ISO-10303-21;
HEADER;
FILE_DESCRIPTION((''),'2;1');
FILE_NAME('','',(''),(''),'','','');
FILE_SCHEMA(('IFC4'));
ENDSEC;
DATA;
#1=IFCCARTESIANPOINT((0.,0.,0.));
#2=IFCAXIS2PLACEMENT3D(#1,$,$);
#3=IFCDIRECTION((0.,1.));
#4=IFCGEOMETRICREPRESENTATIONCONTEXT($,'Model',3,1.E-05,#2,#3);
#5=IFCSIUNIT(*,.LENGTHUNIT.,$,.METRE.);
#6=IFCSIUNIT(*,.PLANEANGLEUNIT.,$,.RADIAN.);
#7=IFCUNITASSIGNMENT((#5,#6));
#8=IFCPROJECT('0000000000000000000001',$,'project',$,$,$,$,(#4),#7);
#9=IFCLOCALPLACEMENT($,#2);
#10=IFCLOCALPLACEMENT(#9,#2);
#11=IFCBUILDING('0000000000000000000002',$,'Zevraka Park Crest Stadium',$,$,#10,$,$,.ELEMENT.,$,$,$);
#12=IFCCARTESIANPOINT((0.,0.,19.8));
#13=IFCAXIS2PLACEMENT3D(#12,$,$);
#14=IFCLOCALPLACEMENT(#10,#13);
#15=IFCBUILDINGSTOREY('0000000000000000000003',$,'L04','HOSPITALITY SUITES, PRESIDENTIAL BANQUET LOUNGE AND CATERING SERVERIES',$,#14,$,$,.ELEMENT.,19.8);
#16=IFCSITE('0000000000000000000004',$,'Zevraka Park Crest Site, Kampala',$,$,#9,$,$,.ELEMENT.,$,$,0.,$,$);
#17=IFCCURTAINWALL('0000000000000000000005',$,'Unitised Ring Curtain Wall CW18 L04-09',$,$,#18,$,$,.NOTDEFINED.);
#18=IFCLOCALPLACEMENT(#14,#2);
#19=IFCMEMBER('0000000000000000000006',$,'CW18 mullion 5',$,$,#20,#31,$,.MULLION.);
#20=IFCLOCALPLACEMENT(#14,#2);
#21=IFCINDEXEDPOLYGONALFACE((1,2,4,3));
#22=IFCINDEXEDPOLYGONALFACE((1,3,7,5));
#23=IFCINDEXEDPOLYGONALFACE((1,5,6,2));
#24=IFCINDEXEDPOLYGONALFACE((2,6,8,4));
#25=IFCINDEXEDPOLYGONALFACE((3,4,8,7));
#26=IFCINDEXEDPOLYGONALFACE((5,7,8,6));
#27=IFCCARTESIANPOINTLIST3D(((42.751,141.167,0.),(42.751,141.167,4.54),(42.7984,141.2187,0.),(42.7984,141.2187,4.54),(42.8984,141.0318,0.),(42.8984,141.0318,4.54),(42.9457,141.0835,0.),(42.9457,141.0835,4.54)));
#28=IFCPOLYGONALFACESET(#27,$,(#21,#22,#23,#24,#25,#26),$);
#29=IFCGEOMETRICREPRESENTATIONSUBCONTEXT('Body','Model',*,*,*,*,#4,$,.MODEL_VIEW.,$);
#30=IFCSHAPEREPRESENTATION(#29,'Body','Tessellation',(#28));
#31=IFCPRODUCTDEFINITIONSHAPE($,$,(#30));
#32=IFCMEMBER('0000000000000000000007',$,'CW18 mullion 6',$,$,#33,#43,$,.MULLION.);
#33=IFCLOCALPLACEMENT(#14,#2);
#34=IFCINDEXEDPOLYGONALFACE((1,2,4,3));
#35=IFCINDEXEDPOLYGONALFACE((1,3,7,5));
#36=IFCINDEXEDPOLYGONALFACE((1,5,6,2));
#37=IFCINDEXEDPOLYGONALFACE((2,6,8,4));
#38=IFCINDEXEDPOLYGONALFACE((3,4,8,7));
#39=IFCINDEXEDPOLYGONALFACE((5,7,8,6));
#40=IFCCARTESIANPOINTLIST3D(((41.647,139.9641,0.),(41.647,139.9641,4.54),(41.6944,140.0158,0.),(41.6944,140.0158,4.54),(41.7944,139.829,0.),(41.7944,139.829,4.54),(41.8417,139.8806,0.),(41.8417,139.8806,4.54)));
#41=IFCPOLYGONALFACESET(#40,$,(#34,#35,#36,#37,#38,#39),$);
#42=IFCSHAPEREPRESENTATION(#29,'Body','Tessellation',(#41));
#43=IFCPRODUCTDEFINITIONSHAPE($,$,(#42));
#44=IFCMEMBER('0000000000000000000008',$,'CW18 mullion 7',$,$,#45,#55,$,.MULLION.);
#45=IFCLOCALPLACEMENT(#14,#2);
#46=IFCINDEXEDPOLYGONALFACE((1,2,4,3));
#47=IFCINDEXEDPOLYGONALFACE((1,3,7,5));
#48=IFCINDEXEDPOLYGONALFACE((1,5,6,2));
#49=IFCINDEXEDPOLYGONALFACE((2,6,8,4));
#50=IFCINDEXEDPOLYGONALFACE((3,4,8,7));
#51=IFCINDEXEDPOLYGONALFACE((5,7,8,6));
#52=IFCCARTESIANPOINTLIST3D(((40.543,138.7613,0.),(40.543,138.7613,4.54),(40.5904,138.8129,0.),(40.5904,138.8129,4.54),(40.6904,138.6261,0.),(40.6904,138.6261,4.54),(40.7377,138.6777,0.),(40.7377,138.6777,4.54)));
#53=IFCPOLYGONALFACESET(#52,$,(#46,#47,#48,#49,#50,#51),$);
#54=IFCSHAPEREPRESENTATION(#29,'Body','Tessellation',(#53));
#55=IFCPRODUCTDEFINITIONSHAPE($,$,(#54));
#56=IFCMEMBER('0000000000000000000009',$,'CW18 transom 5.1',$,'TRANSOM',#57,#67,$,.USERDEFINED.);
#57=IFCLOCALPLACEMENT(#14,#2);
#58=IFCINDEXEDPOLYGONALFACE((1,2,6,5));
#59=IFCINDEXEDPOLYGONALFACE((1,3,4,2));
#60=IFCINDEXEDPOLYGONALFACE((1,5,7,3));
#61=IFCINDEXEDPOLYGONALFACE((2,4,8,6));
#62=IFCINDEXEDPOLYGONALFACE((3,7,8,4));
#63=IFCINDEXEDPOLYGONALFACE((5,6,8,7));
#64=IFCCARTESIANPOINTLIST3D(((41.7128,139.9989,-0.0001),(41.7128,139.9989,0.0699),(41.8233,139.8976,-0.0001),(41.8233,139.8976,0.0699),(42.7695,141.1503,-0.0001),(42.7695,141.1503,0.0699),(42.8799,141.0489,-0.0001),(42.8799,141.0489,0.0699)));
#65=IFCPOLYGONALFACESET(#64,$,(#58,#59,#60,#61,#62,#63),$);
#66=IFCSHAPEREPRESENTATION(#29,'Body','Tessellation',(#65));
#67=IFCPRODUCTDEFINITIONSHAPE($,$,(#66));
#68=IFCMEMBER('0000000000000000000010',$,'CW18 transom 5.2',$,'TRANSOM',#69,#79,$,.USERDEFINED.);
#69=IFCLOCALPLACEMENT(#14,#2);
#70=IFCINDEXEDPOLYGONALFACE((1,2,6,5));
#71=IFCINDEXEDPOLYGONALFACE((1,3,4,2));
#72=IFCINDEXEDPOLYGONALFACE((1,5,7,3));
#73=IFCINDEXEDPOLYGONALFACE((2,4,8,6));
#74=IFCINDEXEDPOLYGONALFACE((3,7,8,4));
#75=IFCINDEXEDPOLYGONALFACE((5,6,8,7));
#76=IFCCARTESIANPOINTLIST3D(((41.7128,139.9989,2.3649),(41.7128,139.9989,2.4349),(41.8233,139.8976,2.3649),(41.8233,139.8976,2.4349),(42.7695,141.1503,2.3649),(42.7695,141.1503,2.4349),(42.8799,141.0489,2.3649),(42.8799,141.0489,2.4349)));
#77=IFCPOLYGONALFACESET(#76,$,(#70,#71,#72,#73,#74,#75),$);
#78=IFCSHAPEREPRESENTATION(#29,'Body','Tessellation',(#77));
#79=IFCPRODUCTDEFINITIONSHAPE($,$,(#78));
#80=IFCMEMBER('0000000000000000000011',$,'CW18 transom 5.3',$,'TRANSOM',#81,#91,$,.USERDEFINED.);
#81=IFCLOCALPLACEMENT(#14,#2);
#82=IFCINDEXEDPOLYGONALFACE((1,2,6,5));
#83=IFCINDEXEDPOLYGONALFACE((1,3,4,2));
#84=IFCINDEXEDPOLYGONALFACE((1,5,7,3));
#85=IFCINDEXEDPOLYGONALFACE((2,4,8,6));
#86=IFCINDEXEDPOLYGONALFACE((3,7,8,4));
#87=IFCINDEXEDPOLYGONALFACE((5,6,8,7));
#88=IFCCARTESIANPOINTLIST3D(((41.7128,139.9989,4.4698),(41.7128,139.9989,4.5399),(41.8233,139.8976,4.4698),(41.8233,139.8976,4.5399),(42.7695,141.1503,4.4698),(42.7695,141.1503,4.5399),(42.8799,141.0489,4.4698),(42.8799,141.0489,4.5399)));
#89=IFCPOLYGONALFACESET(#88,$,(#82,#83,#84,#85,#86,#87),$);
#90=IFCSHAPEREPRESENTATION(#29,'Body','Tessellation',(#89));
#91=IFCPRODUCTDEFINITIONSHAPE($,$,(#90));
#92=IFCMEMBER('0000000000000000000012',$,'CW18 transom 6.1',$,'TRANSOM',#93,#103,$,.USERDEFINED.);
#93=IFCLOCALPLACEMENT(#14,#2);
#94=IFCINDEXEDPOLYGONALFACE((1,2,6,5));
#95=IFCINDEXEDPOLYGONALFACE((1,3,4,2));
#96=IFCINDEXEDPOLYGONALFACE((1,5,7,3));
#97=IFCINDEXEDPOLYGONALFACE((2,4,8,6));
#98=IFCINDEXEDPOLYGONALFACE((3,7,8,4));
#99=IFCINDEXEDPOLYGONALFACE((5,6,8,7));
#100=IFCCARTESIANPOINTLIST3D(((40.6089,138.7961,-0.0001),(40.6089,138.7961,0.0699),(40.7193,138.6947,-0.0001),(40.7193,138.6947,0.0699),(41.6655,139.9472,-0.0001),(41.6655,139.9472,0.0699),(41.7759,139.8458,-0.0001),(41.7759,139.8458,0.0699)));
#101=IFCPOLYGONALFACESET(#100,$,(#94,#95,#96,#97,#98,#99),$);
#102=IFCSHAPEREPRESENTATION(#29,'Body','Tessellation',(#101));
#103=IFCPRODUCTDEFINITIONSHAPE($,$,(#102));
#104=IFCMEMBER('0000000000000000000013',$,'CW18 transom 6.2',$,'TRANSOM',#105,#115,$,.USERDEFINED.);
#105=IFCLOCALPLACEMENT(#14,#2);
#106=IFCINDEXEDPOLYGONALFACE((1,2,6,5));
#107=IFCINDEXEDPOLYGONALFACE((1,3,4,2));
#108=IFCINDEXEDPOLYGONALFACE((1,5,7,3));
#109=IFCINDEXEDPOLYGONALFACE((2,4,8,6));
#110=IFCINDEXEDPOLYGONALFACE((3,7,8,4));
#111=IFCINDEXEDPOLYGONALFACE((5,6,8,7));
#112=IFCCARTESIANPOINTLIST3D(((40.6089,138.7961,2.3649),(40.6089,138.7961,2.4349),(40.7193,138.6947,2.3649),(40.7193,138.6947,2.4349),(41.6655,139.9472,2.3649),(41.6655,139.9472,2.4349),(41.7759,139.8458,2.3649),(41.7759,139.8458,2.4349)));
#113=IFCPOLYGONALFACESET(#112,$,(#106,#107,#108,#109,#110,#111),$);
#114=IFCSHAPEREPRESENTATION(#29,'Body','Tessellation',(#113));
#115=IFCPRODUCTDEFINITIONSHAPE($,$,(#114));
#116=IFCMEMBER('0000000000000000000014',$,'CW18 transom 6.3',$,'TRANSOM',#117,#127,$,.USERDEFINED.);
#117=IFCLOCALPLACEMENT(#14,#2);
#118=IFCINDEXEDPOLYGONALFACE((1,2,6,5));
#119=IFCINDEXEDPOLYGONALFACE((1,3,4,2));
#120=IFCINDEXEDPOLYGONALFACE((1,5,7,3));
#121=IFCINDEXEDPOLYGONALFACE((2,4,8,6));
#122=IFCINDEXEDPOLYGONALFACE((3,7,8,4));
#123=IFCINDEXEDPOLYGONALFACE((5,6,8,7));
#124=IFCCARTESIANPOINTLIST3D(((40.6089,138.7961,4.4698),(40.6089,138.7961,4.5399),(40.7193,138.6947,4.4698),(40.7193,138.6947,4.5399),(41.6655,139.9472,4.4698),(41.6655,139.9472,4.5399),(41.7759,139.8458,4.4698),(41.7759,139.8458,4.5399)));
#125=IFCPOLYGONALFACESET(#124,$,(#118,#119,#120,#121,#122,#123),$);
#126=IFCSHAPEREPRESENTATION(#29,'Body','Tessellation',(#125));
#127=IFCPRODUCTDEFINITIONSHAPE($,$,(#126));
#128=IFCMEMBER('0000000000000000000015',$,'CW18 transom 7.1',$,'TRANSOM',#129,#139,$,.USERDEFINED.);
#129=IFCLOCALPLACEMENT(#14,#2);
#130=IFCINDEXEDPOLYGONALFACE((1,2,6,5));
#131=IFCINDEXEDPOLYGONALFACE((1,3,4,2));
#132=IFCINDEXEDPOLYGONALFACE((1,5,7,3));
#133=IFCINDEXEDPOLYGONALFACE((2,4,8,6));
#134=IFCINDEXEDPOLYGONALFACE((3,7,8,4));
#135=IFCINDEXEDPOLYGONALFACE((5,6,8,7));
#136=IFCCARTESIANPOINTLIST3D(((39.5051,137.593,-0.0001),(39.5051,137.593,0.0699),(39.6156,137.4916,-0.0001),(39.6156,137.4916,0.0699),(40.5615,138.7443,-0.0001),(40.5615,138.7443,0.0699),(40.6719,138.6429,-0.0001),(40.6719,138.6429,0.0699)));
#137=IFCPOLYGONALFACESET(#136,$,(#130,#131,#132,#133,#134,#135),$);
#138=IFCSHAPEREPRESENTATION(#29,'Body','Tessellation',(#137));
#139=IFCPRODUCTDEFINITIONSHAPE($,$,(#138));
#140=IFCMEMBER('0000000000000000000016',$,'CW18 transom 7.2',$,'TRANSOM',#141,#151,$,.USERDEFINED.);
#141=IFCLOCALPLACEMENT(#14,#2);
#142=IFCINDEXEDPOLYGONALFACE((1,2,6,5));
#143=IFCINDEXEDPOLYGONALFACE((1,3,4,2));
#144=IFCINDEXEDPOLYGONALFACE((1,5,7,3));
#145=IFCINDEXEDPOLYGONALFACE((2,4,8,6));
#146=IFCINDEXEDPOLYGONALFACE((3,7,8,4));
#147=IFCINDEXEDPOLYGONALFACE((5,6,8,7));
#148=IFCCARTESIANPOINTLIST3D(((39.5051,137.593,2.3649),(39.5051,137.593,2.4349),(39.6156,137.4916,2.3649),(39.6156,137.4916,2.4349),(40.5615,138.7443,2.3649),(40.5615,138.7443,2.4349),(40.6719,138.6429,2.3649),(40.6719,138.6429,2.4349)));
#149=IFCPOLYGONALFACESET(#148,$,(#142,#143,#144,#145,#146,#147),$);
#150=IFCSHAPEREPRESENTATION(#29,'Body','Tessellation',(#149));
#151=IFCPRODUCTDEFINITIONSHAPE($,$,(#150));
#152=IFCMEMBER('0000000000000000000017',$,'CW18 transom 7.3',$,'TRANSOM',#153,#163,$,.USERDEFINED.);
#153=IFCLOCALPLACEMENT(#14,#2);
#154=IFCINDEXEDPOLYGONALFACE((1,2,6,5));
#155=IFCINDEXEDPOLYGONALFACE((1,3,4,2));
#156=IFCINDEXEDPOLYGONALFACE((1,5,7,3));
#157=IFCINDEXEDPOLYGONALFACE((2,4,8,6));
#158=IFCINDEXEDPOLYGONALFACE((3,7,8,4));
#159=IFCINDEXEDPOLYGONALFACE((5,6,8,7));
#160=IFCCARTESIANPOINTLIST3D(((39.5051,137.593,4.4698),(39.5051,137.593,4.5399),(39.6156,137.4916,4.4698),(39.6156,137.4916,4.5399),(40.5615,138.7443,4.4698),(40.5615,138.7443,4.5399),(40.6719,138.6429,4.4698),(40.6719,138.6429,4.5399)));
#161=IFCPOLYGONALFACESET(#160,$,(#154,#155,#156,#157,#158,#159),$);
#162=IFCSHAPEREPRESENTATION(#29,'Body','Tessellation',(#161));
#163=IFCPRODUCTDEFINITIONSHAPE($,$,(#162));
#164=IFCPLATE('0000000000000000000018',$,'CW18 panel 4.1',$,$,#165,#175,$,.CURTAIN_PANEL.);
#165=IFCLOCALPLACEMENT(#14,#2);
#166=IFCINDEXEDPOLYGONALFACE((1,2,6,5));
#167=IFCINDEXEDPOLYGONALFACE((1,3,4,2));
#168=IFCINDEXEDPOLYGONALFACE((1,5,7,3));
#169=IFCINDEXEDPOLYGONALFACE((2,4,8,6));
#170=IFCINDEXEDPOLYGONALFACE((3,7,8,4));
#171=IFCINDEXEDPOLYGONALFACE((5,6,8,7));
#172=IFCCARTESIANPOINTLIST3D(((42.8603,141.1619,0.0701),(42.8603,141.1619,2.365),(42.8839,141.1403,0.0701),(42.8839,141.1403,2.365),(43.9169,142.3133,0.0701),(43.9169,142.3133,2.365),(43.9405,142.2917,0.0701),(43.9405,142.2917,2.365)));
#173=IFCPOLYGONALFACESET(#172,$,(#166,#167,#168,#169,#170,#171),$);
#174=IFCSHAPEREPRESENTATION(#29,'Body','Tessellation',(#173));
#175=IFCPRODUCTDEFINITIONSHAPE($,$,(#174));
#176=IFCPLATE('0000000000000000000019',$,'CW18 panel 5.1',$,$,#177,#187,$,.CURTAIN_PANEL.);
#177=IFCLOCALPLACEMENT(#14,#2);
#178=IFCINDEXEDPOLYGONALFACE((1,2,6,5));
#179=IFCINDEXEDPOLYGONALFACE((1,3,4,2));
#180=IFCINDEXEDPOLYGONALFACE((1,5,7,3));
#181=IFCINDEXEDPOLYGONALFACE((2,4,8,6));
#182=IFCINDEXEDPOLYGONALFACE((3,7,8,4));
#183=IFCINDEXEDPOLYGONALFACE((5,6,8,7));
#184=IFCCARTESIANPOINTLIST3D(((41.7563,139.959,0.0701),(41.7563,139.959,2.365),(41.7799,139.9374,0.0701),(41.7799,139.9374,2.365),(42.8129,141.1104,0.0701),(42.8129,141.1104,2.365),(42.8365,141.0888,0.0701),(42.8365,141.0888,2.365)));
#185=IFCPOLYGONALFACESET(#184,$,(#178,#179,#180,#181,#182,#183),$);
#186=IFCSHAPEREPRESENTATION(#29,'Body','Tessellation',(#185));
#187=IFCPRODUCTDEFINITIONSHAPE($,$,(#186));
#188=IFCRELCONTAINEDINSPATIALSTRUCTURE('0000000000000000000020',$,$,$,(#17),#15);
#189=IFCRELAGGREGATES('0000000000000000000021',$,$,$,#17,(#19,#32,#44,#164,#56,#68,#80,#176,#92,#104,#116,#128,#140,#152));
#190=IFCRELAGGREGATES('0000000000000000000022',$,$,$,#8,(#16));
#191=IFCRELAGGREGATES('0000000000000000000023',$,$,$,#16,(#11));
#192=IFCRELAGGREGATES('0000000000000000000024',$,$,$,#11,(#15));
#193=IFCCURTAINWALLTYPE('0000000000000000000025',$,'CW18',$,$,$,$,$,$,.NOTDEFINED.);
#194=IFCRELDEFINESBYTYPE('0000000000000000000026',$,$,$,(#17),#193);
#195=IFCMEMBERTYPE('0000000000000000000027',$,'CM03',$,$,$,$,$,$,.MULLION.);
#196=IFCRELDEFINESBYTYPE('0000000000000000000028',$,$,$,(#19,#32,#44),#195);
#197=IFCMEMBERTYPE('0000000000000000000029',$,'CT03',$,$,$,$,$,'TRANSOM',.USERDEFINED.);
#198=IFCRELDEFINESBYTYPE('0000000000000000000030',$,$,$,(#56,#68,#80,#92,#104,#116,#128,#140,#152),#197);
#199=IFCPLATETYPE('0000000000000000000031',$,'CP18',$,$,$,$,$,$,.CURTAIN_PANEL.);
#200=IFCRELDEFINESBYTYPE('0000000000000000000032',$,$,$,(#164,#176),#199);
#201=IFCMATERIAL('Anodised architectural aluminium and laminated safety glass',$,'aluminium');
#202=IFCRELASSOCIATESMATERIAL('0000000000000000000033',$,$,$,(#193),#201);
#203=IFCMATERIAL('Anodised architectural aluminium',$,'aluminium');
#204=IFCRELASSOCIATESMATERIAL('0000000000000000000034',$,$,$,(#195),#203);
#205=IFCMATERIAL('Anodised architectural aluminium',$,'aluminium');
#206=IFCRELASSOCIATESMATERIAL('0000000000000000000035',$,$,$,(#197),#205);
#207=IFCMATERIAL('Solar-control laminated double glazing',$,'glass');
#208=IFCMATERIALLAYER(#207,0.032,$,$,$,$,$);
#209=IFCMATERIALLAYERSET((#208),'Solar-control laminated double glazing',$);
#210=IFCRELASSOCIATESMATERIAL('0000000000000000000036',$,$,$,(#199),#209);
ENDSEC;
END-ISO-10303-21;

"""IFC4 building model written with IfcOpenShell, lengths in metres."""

from ifc_helpers import new_model, si_unit, direction, frame, origin, origin_2d, place, context, subcontext, project, spatial, rectangle, extrude, material, layer, layer_set, material_profile, profile_set, type_object, element, aggregate, save


model = new_model("IFC4")

# Units and contexts
model_context = context("Model", 3, precision=1e-05, world=origin(), true_north=direction((0.0, 1.0)))
body_context = subcontext(model_context, "Body", "Model", "MODEL_VIEW")
ifc_project = project(units=[si_unit("LENGTHUNIT", "METRE"), si_unit("PLANEANGLEUNIT", "RADIAN")], contexts=[model_context])

# Site, building, storey
site_placement = place(None, origin())
site = spatial("IfcSite", under=ifc_project, at=site_placement, Name="Zevraka Park Crest Site, Kampala", CompositionType="ELEMENT", RefElevation=0.0)
building_placement = place(site_placement, origin())
building = spatial("IfcBuilding", under=site, at=building_placement, Name="Zevraka Park Crest Stadium", CompositionType="ELEMENT")
storey_placement = place(building_placement, frame((0.0, 0.0, 19.8)))
storey = spatial("IfcBuildingStorey", under=building, at=storey_placement, Name="L04", Description="HOSPITALITY SUITES, PRESIDENTIAL BANQUET LOUNGE AND CATERING SERVERIES", CompositionType="ELEMENT", Elevation=19.8)

# Curtain wall, members, plates
ifc_material_1 = material(Name="Anodised architectural aluminium and laminated safety glass", Category="aluminium")
curtain_wall_type = type_object("IfcCurtainWallType", Name="CW18", PredefinedType="NOTDEFINED", material=ifc_material_1)
curtain_wall_placement = place(storey_placement, origin())
curtain_wall = element("IfcCurtainWall", 1, at=curtain_wall_placement, inside=storey, type_object=curtain_wall_type, Name="Unitised Ring Curtain Wall CW18 L04-09", PredefinedType="NOTDEFINED")
ifc_material_2 = material(Name="Anodised architectural aluminium", Category="aluminium")
ifc_material_profile_1 = material_profile(ifc_material_2, rectangle(XDim=0.2, YDim=0.0701, at=origin_2d()), Name="ALU MULLION 200x70")
ifc_profile_set_1 = profile_set([ifc_material_profile_1], Name="Anodised architectural aluminium")
member_type_1 = type_object("IfcMemberType", Name="CM03", PredefinedType="MULLION", material=ifc_profile_set_1)
member_1_placement = place(storey_placement, frame((42.8484, 141.1252, 0.0), z_axis=(0.0, 0.0, 1.0), x_axis=(0.736775, -0.676138, 0.0)))
member_1 = element("IfcMember", 2, at=member_1_placement, type_object=member_type_1, Name="CW18 mullion 5", PredefinedType="MULLION", context=body_context, shape_type="SweptSolid", body=[
    extrude(rectangle(XDim=0.2, YDim=0.0701, at=origin_2d()), origin(), (0.0, 0.0, 1.0), 4.54),
])
member_2_placement = place(storey_placement, frame((41.7444, 139.9224, 0.0), z_axis=(0.0, 0.0, 1.0), x_axis=(0.736775, -0.676138, 0.0)))
member_2 = element("IfcMember", 3, at=member_2_placement, type_object=member_type_1, Name="CW18 mullion 6", PredefinedType="MULLION", context=body_context, shape_type="SweptSolid", body=[
    extrude(rectangle(XDim=0.2, YDim=0.0701, at=origin_2d()), origin(), (0.0, 0.0, 1.0), 4.54),
])
member_3_placement = place(storey_placement, frame((40.6404, 138.7195, 0.0), z_axis=(0.0, 0.0, 1.0), x_axis=(0.736775, -0.676138, 0.0)))
member_3 = element("IfcMember", 4, at=member_3_placement, type_object=member_type_1, Name="CW18 mullion 7", PredefinedType="MULLION", context=body_context, shape_type="SweptSolid", body=[
    extrude(rectangle(XDim=0.2, YDim=0.0701, at=origin_2d()), origin(), (0.0, 0.0, 1.0), 4.54),
])
ifc_material_3 = material(Name="Anodised architectural aluminium", Category="aluminium")
ifc_material_profile_2 = material_profile(ifc_material_3, rectangle(XDim=0.1499, YDim=0.0701, at=origin_2d()), Name="ALU TRANSOM 150x70")
ifc_profile_set_2 = profile_set([ifc_material_profile_2], Name="Anodised architectural aluminium")
member_type_2 = type_object("IfcMemberType", Name="CT03", ElementType="TRANSOM", PredefinedType="USERDEFINED", material=ifc_profile_set_2)
member_4_placement = place(storey_placement, frame((42.8247, 141.0996, 0.0349), z_axis=(-0.676149, -0.736765, 0.0), x_axis=(0.736765, -0.676149, 0.0)))
member_4 = element("IfcMember", 5, at=member_4_placement, type_object=member_type_2, Name="CW18 transom 5.1", ObjectType="TRANSOM", PredefinedType="USERDEFINED", context=body_context, shape_type="SweptSolid", body=[
    extrude(rectangle(XDim=0.1499, YDim=0.0701, at=origin_2d()), origin(), (0.0, 0.0, 1.0), 1.5627),
])
member_5_placement = place(storey_placement, frame((42.8247, 141.0996, 2.3999), z_axis=(-0.676149, -0.736765, 0.0), x_axis=(0.736765, -0.676149, 0.0)))
member_5 = element("IfcMember", 6, at=member_5_placement, type_object=member_type_2, Name="CW18 transom 5.2", ObjectType="TRANSOM", PredefinedType="USERDEFINED", context=body_context, shape_type="SweptSolid", body=[
    extrude(rectangle(XDim=0.1499, YDim=0.0701, at=origin_2d()), origin(), (0.0, 0.0, 1.0), 1.5627),
])
member_6_placement = place(storey_placement, frame((42.8247, 141.0996, 4.5049), z_axis=(-0.676149, -0.736765, 0.0), x_axis=(0.736765, -0.676149, 0.0)))
member_6 = element("IfcMember", 7, at=member_6_placement, type_object=member_type_2, Name="CW18 transom 5.3", ObjectType="TRANSOM", PredefinedType="USERDEFINED", context=body_context, shape_type="SweptSolid", body=[
    extrude(rectangle(XDim=0.1499, YDim=0.0701, at=origin_2d()), origin(), (0.0, 0.0, 1.0), 1.5627),
])
member_7_placement = place(storey_placement, frame((41.7207, 139.8965, 0.0349), z_axis=(-0.676227, -0.736693, 0.0), x_axis=(0.736693, -0.676227, 0.0)))
member_7 = element("IfcMember", 8, at=member_7_placement, type_object=member_type_2, Name="CW18 transom 6.1", ObjectType="TRANSOM", PredefinedType="USERDEFINED", context=body_context, shape_type="SweptSolid", body=[
    extrude(rectangle(XDim=0.1499, YDim=0.0701, at=origin_2d()), origin(), (0.0, 0.0, 1.0), 1.5625),
])
member_8_placement = place(storey_placement, frame((41.7207, 139.8965, 2.3999), z_axis=(-0.676227, -0.736693, 0.0), x_axis=(0.736693, -0.676227, 0.0)))
member_8 = element("IfcMember", 9, at=member_8_placement, type_object=member_type_2, Name="CW18 transom 6.2", ObjectType="TRANSOM", PredefinedType="USERDEFINED", context=body_context, shape_type="SweptSolid", body=[
    extrude(rectangle(XDim=0.1499, YDim=0.0701, at=origin_2d()), origin(), (0.0, 0.0, 1.0), 1.5625),
])
member_9_placement = place(storey_placement, frame((41.7207, 139.8965, 4.5049), z_axis=(-0.676227, -0.736693, 0.0), x_axis=(0.736693, -0.676227, 0.0)))
member_9 = element("IfcMember", 10, at=member_9_placement, type_object=member_type_2, Name="CW18 transom 6.3", ObjectType="TRANSOM", PredefinedType="USERDEFINED", context=body_context, shape_type="SweptSolid", body=[
    extrude(rectangle(XDim=0.1499, YDim=0.0701, at=origin_2d()), origin(), (0.0, 0.0, 1.0), 1.5625),
])
member_10_placement = place(storey_placement, frame((40.6167, 138.6936, 0.0349), z_axis=(-0.676064, -0.736843, 0.0), x_axis=(0.736843, -0.676064, 0.0)))
member_10 = element("IfcMember", 11, at=member_10_placement, type_object=member_type_2, Name="CW18 transom 7.1", ObjectType="TRANSOM", PredefinedType="USERDEFINED", context=body_context, shape_type="SweptSolid", body=[
    extrude(rectangle(XDim=0.1499, YDim=0.0701, at=origin_2d()), origin(), (0.0, 0.0, 1.0), 1.5625),
])
member_11_placement = place(storey_placement, frame((40.6167, 138.6936, 2.3999), z_axis=(-0.676064, -0.736843, 0.0), x_axis=(0.736843, -0.676064, 0.0)))
member_11 = element("IfcMember", 12, at=member_11_placement, type_object=member_type_2, Name="CW18 transom 7.2", ObjectType="TRANSOM", PredefinedType="USERDEFINED", context=body_context, shape_type="SweptSolid", body=[
    extrude(rectangle(XDim=0.1499, YDim=0.0701, at=origin_2d()), origin(), (0.0, 0.0, 1.0), 1.5625),
])
member_12_placement = place(storey_placement, frame((40.6167, 138.6936, 4.5049), z_axis=(-0.676064, -0.736843, 0.0), x_axis=(0.736843, -0.676064, 0.0)))
member_12 = element("IfcMember", 13, at=member_12_placement, type_object=member_type_2, Name="CW18 transom 7.3", ObjectType="TRANSOM", PredefinedType="USERDEFINED", context=body_context, shape_type="SweptSolid", body=[
    extrude(rectangle(XDim=0.1499, YDim=0.0701, at=origin_2d()), origin(), (0.0, 0.0, 1.0), 1.5625),
])
ifc_material_4 = material(Name="Solar-control laminated double glazing", Category="glass")
ifc_layer_1 = layer(ifc_material_4, 0.032)
ifc_layer_set_1 = layer_set([ifc_layer_1], Name="Solar-control laminated double glazing")
plate_type = type_object("IfcPlateType", Name="CP18", PredefinedType="CURTAIN_PANEL", material=ifc_layer_set_1)
plate_1_placement = place(storey_placement, frame((43.4004, 141.7268, 0.0701), z_axis=(0.0, 0.0, 1.0), x_axis=(-0.676138, -0.736775, 0.0)))
plate_1 = element("IfcPlate", 14, at=plate_1_placement, type_object=plate_type, Name="CW18 panel 4.1", PredefinedType="CURTAIN_PANEL", context=body_context, shape_type="SweptSolid", body=[
    extrude(rectangle(XDim=1.5627, YDim=0.032, at=origin_2d()), origin(), (0.0, 0.0, 1.0), 2.2949),
])
plate_2_placement = place(storey_placement, frame((42.2964, 140.5239, 0.0701), z_axis=(0.0, 0.0, 1.0), x_axis=(-0.676138, -0.736775, 0.0)))
plate_2 = element("IfcPlate", 15, at=plate_2_placement, type_object=plate_type, Name="CW18 panel 5.1", PredefinedType="CURTAIN_PANEL", context=body_context, shape_type="SweptSolid", body=[
    extrude(rectangle(XDim=1.5627, YDim=0.032, at=origin_2d()), origin(), (0.0, 0.0, 1.0), 2.2949),
])
aggregate(curtain_wall, [member_1, member_2, member_3, plate_1, member_4, member_5, member_6, plate_2, member_7, member_8, member_9, member_10, member_11, member_12])

save(model, "model.ifc")
